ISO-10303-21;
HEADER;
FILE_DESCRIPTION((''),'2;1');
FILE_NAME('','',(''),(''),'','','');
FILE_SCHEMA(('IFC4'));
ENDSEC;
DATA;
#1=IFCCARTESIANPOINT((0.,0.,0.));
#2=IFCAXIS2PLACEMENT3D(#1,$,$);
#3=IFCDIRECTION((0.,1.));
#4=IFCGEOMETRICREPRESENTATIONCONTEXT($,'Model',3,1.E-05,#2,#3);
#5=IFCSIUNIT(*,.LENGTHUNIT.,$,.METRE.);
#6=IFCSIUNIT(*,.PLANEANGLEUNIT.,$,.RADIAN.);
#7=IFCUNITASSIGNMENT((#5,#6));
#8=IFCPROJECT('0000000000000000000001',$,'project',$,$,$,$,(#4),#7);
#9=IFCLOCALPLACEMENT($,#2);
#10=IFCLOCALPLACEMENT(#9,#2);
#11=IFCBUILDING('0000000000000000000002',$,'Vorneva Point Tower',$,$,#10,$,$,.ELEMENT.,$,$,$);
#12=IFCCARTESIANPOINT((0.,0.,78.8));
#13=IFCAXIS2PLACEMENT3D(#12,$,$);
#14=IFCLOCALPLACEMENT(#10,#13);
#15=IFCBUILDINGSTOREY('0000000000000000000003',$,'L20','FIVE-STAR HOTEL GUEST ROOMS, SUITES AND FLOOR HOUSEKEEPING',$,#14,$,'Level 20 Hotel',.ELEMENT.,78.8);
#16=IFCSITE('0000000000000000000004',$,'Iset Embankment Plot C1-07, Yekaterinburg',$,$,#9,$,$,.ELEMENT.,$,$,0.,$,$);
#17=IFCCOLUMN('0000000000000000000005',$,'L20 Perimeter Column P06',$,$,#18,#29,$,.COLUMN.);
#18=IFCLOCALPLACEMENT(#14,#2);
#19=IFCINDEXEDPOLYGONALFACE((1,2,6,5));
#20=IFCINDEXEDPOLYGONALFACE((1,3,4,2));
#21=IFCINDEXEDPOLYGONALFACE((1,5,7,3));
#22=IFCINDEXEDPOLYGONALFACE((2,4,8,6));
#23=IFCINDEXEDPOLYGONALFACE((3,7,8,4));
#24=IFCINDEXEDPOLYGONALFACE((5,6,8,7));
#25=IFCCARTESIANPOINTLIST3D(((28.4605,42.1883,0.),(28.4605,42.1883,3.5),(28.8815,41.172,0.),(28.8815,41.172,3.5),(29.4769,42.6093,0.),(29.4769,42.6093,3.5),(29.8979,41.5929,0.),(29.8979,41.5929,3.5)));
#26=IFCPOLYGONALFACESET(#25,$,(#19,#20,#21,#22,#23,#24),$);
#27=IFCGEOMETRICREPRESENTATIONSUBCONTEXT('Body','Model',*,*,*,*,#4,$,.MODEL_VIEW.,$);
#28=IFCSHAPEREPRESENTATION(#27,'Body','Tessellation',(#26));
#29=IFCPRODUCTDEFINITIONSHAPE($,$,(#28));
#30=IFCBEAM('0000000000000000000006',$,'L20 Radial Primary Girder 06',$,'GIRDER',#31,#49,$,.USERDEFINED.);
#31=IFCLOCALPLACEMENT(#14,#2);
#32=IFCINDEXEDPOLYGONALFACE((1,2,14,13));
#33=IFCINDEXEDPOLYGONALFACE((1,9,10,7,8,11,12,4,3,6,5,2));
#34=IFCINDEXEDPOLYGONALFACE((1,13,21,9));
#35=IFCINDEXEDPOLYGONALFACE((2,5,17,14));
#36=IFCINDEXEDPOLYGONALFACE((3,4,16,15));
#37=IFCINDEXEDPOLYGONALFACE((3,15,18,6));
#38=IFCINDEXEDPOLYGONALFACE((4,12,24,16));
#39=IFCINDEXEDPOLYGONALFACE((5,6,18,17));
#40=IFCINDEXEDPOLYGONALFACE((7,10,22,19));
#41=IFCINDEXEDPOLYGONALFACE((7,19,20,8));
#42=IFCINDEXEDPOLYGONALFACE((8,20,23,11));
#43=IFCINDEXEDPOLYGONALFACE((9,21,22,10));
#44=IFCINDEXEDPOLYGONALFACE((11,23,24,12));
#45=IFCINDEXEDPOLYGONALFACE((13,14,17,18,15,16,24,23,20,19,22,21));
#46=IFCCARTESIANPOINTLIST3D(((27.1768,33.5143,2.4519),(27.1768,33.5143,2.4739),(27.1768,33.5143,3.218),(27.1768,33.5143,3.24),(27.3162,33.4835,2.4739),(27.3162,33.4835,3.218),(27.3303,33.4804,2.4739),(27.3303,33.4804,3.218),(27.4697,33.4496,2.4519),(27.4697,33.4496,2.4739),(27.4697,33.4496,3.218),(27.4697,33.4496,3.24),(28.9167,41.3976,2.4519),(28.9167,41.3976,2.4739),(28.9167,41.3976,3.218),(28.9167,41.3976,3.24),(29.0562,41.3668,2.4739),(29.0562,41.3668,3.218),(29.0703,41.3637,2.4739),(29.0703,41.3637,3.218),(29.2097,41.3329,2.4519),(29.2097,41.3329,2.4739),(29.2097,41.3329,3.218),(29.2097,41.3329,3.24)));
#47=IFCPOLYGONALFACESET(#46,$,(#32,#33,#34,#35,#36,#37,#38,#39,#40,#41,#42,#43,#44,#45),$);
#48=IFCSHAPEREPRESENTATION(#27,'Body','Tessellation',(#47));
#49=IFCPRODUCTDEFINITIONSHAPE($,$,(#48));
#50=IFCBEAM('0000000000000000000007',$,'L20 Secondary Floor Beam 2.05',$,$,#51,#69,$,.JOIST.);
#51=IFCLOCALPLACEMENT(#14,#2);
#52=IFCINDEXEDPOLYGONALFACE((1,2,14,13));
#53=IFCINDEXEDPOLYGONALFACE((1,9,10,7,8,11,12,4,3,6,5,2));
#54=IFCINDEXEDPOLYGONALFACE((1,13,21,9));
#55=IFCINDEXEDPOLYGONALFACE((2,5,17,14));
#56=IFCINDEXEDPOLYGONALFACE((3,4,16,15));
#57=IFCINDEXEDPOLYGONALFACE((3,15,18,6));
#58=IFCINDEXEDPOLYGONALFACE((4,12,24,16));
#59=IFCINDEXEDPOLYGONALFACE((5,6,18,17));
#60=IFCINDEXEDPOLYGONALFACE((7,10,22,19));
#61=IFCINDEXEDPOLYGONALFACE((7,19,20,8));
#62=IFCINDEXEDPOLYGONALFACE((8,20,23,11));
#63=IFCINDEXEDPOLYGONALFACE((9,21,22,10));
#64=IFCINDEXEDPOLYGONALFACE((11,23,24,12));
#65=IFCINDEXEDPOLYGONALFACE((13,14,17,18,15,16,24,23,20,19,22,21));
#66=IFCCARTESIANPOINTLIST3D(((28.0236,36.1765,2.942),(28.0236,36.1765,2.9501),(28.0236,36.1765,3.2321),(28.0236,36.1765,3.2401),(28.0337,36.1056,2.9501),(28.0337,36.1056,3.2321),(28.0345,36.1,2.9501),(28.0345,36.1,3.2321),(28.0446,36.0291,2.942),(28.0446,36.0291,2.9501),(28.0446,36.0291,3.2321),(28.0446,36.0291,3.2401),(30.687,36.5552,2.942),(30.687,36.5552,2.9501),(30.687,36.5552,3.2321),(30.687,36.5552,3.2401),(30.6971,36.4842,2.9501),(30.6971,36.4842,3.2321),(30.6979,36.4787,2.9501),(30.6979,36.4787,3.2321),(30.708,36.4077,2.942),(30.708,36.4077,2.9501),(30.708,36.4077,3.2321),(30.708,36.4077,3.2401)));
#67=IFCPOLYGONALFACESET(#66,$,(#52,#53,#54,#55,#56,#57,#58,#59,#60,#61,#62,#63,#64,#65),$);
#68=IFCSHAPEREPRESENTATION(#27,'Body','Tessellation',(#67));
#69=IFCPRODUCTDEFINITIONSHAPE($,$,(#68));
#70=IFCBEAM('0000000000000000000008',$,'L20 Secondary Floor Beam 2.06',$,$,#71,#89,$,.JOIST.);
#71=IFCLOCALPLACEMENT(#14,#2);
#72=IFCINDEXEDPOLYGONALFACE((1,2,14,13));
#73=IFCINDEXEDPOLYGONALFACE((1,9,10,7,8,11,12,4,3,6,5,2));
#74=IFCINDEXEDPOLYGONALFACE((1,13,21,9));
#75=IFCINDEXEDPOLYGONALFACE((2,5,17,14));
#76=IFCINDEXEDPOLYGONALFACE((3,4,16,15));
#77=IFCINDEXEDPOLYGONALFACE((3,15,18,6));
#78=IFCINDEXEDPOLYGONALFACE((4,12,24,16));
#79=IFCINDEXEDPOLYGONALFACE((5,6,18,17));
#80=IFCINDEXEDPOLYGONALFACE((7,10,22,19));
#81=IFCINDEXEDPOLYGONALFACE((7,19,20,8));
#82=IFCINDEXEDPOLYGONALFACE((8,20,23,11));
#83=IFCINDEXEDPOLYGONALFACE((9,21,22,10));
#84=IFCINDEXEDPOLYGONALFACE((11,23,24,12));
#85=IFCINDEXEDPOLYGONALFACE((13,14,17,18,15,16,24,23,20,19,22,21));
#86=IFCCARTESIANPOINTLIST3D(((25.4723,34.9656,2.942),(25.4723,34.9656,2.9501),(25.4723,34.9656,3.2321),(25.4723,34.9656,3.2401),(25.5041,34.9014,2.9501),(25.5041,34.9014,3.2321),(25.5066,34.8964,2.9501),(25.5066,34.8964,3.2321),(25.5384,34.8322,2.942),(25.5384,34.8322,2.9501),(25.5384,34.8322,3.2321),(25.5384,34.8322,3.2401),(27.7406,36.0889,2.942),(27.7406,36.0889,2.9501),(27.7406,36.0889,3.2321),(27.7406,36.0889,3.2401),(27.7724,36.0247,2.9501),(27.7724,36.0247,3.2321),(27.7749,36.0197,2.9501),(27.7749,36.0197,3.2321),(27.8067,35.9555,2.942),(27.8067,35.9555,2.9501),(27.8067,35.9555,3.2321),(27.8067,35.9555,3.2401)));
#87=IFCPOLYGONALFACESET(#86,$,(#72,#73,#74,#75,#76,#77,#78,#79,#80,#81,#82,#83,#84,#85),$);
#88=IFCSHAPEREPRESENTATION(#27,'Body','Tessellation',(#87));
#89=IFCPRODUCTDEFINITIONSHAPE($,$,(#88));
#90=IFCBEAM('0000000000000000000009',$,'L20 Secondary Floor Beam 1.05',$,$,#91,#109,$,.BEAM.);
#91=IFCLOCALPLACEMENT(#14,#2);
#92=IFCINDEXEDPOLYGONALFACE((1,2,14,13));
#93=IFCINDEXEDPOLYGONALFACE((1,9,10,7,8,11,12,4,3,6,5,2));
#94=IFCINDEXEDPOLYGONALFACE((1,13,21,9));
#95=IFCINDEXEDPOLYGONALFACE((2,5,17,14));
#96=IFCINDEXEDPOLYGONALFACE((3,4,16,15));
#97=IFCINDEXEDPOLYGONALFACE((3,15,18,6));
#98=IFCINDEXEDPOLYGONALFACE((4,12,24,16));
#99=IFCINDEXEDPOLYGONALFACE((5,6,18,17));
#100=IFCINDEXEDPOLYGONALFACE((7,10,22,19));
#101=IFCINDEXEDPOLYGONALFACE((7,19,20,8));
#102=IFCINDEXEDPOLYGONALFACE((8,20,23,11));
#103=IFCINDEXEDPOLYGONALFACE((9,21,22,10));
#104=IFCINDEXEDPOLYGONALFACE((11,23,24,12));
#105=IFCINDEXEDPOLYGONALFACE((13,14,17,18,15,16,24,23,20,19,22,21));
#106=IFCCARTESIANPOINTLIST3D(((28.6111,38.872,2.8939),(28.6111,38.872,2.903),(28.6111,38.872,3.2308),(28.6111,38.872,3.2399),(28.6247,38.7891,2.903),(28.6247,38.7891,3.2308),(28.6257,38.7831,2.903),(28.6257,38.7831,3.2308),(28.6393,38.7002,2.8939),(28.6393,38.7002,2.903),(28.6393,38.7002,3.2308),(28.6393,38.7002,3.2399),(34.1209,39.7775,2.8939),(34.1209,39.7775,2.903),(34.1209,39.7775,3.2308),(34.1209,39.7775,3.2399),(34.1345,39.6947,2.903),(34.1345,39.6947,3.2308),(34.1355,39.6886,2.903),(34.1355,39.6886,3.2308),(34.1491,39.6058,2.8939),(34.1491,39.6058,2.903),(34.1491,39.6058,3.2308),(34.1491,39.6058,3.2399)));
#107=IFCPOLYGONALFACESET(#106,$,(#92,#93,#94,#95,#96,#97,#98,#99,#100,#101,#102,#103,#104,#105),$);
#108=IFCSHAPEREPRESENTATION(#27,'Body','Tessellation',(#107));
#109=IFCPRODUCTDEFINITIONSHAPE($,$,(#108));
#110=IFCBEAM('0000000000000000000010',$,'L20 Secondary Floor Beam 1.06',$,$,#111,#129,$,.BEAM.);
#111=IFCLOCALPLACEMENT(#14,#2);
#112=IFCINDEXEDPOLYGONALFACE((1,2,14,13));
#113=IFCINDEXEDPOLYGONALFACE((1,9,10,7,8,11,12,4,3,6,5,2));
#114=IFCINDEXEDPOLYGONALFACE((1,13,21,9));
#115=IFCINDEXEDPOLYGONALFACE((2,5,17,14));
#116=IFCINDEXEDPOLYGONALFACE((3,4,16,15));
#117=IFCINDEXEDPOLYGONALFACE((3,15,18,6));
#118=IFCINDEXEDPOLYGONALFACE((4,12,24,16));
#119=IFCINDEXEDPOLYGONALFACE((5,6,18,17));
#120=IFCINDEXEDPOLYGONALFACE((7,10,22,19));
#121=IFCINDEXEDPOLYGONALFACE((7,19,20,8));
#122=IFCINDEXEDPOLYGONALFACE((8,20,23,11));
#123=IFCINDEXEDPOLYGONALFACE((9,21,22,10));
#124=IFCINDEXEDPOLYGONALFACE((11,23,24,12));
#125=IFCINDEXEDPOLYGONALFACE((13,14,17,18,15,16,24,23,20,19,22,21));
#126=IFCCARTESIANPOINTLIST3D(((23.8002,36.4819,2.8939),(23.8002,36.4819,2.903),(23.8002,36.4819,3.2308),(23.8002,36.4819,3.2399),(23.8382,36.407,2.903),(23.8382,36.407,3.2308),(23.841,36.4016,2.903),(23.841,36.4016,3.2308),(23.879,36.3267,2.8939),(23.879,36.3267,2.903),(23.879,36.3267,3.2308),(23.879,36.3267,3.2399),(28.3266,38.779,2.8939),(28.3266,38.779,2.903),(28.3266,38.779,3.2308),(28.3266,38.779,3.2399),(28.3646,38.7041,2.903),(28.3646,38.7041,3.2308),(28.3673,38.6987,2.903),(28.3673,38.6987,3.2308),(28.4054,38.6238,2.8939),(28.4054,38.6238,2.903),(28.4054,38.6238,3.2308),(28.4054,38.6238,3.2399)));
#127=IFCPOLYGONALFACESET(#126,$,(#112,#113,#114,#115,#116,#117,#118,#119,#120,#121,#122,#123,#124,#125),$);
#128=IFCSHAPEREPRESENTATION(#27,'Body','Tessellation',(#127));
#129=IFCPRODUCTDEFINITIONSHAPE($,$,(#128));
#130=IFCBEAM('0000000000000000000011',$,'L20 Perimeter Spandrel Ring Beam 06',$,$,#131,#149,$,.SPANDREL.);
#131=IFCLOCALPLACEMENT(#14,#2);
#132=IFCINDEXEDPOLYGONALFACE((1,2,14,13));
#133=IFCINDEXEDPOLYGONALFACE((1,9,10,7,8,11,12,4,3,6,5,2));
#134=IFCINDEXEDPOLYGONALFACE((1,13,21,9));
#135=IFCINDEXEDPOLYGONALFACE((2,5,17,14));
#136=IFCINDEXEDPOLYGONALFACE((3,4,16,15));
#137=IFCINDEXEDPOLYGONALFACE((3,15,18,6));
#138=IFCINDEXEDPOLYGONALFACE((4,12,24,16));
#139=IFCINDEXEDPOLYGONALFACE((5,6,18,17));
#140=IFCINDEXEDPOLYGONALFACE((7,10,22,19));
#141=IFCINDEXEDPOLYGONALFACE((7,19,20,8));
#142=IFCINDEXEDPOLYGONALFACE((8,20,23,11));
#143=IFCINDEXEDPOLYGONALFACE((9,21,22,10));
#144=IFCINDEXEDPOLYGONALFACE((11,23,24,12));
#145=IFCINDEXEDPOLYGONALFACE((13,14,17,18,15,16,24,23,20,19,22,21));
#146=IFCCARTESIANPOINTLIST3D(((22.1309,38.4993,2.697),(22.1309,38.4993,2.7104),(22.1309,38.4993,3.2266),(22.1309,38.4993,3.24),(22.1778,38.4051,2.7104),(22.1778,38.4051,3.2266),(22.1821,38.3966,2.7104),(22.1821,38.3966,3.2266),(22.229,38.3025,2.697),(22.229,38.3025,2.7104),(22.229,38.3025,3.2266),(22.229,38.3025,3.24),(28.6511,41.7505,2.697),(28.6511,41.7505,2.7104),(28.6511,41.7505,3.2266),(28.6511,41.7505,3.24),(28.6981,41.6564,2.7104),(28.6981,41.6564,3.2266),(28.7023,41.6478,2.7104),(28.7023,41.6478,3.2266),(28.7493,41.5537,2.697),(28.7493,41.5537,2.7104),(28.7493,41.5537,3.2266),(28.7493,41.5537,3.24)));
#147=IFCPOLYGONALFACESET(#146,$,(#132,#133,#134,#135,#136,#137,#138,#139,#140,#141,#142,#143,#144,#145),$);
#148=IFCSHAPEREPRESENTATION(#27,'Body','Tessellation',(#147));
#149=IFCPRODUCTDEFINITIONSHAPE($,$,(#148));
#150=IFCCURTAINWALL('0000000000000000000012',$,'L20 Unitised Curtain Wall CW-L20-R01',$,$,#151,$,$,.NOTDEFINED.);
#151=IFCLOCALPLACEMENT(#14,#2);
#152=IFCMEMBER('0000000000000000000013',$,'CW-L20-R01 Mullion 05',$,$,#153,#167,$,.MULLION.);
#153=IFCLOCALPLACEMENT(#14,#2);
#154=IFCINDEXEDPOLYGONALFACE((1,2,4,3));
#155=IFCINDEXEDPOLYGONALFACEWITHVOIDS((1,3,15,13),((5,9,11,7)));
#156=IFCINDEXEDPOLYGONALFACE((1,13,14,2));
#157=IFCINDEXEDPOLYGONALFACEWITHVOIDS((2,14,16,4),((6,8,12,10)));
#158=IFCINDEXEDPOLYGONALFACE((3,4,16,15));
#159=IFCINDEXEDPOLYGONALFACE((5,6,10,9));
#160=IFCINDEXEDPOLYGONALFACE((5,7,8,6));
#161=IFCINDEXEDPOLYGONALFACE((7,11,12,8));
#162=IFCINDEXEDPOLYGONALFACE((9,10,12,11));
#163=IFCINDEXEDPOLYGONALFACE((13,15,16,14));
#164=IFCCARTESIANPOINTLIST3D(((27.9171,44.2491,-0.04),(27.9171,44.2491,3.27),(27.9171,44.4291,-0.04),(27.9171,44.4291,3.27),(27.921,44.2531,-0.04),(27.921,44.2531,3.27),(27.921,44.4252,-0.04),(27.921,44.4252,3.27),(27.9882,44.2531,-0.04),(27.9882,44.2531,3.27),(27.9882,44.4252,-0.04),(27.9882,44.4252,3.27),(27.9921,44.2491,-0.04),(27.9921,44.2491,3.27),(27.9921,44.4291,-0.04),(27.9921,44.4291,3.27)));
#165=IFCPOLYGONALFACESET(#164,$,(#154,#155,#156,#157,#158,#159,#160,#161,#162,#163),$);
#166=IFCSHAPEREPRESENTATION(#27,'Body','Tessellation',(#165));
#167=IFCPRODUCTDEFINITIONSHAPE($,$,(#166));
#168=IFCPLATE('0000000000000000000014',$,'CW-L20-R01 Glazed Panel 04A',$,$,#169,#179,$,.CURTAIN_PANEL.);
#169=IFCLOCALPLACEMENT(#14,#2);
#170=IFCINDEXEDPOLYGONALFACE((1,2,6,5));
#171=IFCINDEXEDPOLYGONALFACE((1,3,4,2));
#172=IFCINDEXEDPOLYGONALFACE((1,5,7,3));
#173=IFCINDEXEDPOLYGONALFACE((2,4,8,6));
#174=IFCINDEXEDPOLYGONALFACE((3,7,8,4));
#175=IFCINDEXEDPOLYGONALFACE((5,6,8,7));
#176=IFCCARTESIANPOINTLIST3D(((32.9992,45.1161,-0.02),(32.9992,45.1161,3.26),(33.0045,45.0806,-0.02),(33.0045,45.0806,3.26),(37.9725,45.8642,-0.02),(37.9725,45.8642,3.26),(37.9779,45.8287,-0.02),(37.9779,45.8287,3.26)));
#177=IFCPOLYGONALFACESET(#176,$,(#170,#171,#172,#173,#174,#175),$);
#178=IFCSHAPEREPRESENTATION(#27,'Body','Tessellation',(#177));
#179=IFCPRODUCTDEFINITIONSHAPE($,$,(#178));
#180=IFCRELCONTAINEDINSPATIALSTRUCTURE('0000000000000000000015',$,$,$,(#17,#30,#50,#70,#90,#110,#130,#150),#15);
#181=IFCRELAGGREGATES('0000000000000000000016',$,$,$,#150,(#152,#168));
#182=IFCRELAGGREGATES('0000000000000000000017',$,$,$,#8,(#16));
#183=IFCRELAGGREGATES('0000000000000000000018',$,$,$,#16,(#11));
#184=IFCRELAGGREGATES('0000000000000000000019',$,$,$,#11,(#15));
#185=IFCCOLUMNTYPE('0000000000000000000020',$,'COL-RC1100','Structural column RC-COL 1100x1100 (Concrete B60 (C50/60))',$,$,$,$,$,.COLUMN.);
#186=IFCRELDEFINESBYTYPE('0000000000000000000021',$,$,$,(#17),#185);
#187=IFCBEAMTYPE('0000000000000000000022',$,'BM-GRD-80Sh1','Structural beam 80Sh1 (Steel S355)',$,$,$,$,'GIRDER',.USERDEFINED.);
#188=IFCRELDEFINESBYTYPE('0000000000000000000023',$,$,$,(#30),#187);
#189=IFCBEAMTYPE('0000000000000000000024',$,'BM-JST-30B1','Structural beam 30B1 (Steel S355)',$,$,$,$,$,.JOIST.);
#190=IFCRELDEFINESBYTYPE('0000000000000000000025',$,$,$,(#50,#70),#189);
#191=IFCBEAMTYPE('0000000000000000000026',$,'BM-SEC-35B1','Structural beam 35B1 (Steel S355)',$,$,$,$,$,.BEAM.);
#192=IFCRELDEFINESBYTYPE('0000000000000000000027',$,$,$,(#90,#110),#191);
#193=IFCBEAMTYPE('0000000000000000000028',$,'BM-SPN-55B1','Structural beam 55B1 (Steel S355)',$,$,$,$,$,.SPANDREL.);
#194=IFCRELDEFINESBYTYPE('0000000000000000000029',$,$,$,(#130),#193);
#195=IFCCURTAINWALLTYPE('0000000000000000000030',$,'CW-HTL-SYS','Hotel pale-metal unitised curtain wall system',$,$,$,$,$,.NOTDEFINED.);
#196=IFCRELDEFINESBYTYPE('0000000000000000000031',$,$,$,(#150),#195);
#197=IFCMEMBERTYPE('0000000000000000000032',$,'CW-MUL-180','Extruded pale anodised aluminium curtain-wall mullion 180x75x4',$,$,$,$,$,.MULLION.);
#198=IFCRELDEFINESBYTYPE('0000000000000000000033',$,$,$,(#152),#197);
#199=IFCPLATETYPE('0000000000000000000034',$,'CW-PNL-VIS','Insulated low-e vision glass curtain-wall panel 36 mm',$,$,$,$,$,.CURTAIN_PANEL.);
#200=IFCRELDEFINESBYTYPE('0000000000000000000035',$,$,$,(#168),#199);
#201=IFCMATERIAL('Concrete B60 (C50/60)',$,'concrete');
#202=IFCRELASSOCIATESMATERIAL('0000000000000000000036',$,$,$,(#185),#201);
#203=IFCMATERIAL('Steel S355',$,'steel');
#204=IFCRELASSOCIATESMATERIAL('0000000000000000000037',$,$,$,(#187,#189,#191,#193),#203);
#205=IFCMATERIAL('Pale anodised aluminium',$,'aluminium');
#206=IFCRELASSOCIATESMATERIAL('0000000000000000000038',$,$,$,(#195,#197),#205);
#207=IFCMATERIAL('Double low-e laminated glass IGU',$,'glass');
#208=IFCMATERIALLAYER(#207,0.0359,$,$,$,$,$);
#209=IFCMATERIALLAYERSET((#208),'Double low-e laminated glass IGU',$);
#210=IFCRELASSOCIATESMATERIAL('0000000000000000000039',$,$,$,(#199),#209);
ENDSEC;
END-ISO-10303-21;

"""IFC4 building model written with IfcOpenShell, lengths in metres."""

from ifc_helpers import new_model, si_unit, direction, frame, origin, origin_2d, place, context, subcontext, project, spatial, rectangle, hollow_rectangle, i_section, extrude, material, layer, layer_set, material_profile, profile_set, type_object, element, aggregate, save


model = new_model("IFC4")

# Units and contexts
model_context = context("Model", 3, precision=1e-05, world=origin(), true_north=direction((0.0, 1.0)))
body_context = subcontext(model_context, "Body", "Model", "MODEL_VIEW")
ifc_project = project(units=[si_unit("LENGTHUNIT", "METRE"), si_unit("PLANEANGLEUNIT", "RADIAN")], contexts=[model_context])

# Site, building, storey
site_placement = place(None, origin())
site = spatial("IfcSite", under=ifc_project, at=site_placement, Name="Iset Embankment Plot C1-07, Yekaterinburg", CompositionType="ELEMENT", RefElevation=0.0)
building_placement = place(site_placement, origin())
building = spatial("IfcBuilding", under=site, at=building_placement, Name="Vorneva Point Tower", CompositionType="ELEMENT")
storey_placement = place(building_placement, frame((0.0, 0.0, 78.8)))
storey = spatial("IfcBuildingStorey", under=building, at=storey_placement, Name="L20", Description="FIVE-STAR HOTEL GUEST ROOMS, SUITES AND FLOOR HOUSEKEEPING", LongName="Level 20 Hotel", CompositionType="ELEMENT", Elevation=78.8)

# Column
ifc_material_1 = material(Name="Concrete B60 (C50/60)", Category="concrete")
ifc_material_profile_1 = material_profile(ifc_material_1, rectangle(XDim=1.1001, YDim=1.1001, at=origin_2d()), Name="RC-COL 1100x1100")
ifc_profile_set_1 = profile_set([ifc_material_profile_1], Name="Concrete B60 (C50/60)")
column_type = type_object("IfcColumnType", Name="COL-RC1100", Description="Structural column RC-COL 1100x1100 (Concrete B60 (C50/60))", PredefinedType="COLUMN", material=ifc_profile_set_1)
column_placement = place(storey_placement, frame((29.1792, 41.8906, 0.0), z_axis=(0.0, 0.0, 1.0), x_axis=(-0.382683, 0.92388, 0.0)))
element("IfcColumn", 1, at=column_placement, inside=storey, type_object=column_type, Name="L20 Perimeter Column P06", PredefinedType="COLUMN", context=body_context, shape_type="SweptSolid", body=[
    extrude(rectangle(XDim=1.1001, YDim=1.1001, at=origin_2d()), origin(), (0.0, 0.0, 1.0), 3.5),
])

# Beams
ifc_material_2 = material(Name="Steel S355", Category="steel")
ifc_material_profile_2 = material_profile(ifc_material_2, i_section(OverallWidth=0.3, OverallDepth=0.7881, WebThickness=0.0144, FlangeThickness=0.022, at=origin_2d()), Name="80Sh1")
ifc_profile_set_2 = profile_set([ifc_material_profile_2], Name="Steel S355")
beam_type_1 = type_object("IfcBeamType", Name="BM-GRD-80Sh1", Description="Structural beam 80Sh1 (Steel S355)", ElementType="GIRDER", PredefinedType="USERDEFINED", material=ifc_profile_set_2)
beam_1_placement = place(storey_placement, frame((29.0632, 41.3652, 2.8459), z_axis=(-0.215531, -0.976497, 0.0), x_axis=(0.976497, -0.215531, 0.0)))
element("IfcBeam", 2, at=beam_1_placement, inside=storey, type_object=beam_type_1, Name="L20 Radial Primary Girder 06", ObjectType="GIRDER", PredefinedType="USERDEFINED", context=body_context, shape_type="SweptSolid", body=[
    extrude(i_section(OverallWidth=0.3, OverallDepth=0.7881, WebThickness=0.0144, FlangeThickness=0.022, at=origin_2d()), origin(), (0.0, 0.0, 1.0), 8.073),
])
ifc_material_profile_3 = material_profile(ifc_material_2, i_section(OverallWidth=0.1489, OverallDepth=0.2981, WebThickness=0.0056, FlangeThickness=0.0081, at=origin_2d()), Name="30B1")
ifc_profile_set_3 = profile_set([ifc_material_profile_3], Name="Steel S355")
beam_type_2 = type_object("IfcBeamType", Name="BM-JST-30B1", Description="Structural beam 30B1 (Steel S355)", PredefinedType="JOIST", material=ifc_profile_set_3)
beam_2_placement = place(storey_placement, frame((30.6975, 36.4814, 3.0911), z_axis=(-0.990044, -0.140761, 0.0), x_axis=(0.140761, -0.990044, 0.0)))
element("IfcBeam", 3, at=beam_2_placement, inside=storey, type_object=beam_type_2, Name="L20 Secondary Floor Beam 2.05", PredefinedType="JOIST", context=body_context, shape_type="SweptSolid", body=[
    extrude(i_section(OverallWidth=0.1489, OverallDepth=0.2981, WebThickness=0.0056, FlangeThickness=0.0081, at=origin_2d()), origin(), (0.0, 0.0, 1.0), 2.6902),
])
beam_3_placement = place(storey_placement, frame((27.7737, 36.0222, 3.0911), z_axis=(-0.896137, -0.443777, 0.0), x_axis=(0.443777, -0.896137, 0.0)))
element("IfcBeam", 4, at=beam_3_placement, inside=storey, type_object=beam_type_2, Name="L20 Secondary Floor Beam 2.06", PredefinedType="JOIST", context=body_context, shape_type="SweptSolid", body=[
    extrude(i_section(OverallWidth=0.1489, OverallDepth=0.2981, WebThickness=0.0056, FlangeThickness=0.0081, at=origin_2d()), origin(), (0.0, 0.0, 1.0), 2.5312),
])
ifc_material_profile_4 = material_profile(ifc_material_2, i_section(OverallWidth=0.1741, OverallDepth=0.3459, WebThickness=0.0061, FlangeThickness=0.009, at=origin_2d()), Name="35B1")
ifc_profile_set_4 = profile_set([ifc_material_profile_4], Name="Steel S355")
beam_type_3 = type_object("IfcBeamType", Name="BM-SEC-35B1", Description="Structural beam 35B1 (Steel S355)", PredefinedType="BEAM", material=ifc_profile_set_4)
beam_4_placement = place(storey_placement, frame((34.135, 39.6917, 3.0669), z_axis=(-0.986762, -0.162172, 0.0), x_axis=(0.162172, -0.986762, 0.0)))
element("IfcBeam", 5, at=beam_4_placement, inside=storey, type_object=beam_type_3, Name="L20 Secondary Floor Beam 1.05", PredefinedType="BEAM", context=body_context, shape_type="SweptSolid", body=[
    extrude(i_section(OverallWidth=0.1741, OverallDepth=0.3459, WebThickness=0.0061, FlangeThickness=0.009, at=origin_2d()), origin(), (0.0, 0.0, 1.0), 5.5837),
])
beam_5_placement = place(storey_placement, frame((28.366, 38.7014, 3.0669), z_axis=(-0.891737, -0.452554, 0.0), x_axis=(0.452554, -0.891737, 0.0)))
element("IfcBeam", 6, at=beam_5_placement, inside=storey, type_object=beam_type_3, Name="L20 Secondary Floor Beam 1.06", PredefinedType="BEAM", context=body_context, shape_type="SweptSolid", body=[
    extrude(i_section(OverallWidth=0.1741, OverallDepth=0.3459, WebThickness=0.0061, FlangeThickness=0.009, at=origin_2d()), origin(), (0.0, 0.0, 1.0), 5.0759),
])
ifc_material_profile_5 = material_profile(ifc_material_2, i_section(OverallWidth=0.22, OverallDepth=0.543, WebThickness=0.0095, FlangeThickness=0.0134, at=origin_2d()), Name="55B1")
ifc_profile_set_5 = profile_set([ifc_material_profile_5], Name="Steel S355")
beam_type_4 = type_object("IfcBeamType", Name="BM-SPN-55B1", Description="Structural beam 55B1 (Steel S355)", PredefinedType="SPANDREL", material=ifc_profile_set_5)
beam_6_placement = place(storey_placement, frame((28.7002, 41.6521, 2.9685), z_axis=(-0.894916, -0.446235, 0.0), x_axis=(0.446235, -0.894916, 0.0)))
element("IfcBeam", 7, at=beam_6_placement, inside=storey, type_object=beam_type_4, Name="L20 Perimeter Spandrel Ring Beam 06", PredefinedType="SPANDREL", context=body_context, shape_type="SweptSolid", body=[
    extrude(i_section(OverallWidth=0.22, OverallDepth=0.543, WebThickness=0.0095, FlangeThickness=0.0134, at=origin_2d()), origin(), (0.0, 0.0, 1.0), 7.2859),
])

# Curtain wall, member, plate
ifc_material_3 = material(Name="Pale anodised aluminium", Category="aluminium")
curtain_wall_type = type_object("IfcCurtainWallType", Name="CW-HTL-SYS", Description="Hotel pale-metal unitised curtain wall system", PredefinedType="NOTDEFINED", material=ifc_material_3)
curtain_wall_placement = place(storey_placement, origin())
curtain_wall = element("IfcCurtainWall", 8, at=curtain_wall_placement, inside=storey, type_object=curtain_wall_type, Name="L20 Unitised Curtain Wall CW-L20-R01", PredefinedType="NOTDEFINED")
ifc_material_profile_6 = material_profile(ifc_material_3, hollow_rectangle(XDim=0.075, YDim=0.1799, WallThickness=0.0039, at=origin_2d()), Name="AL-MUL 180x75x4")
ifc_profile_set_6 = profile_set([ifc_material_profile_6], Name="Pale anodised aluminium")
member_type = type_object("IfcMemberType", Name="CW-MUL-180", Description="Extruded pale anodised aluminium curtain-wall mullion 180x75x4", PredefinedType="MULLION", material=ifc_profile_set_6)
member_placement = place(storey_placement, frame((27.9546, 44.3391, -0.04), z_axis=(0.0, 0.0, 1.0), x_axis=(1.0, 0.0, 0.0)))
member = element("IfcMember", 9, at=member_placement, type_object=member_type, Name="CW-L20-R01 Mullion 05", PredefinedType="MULLION", context=body_context, shape_type="SweptSolid", body=[
    extrude(hollow_rectangle(XDim=0.075, YDim=0.1799, WallThickness=0.0039, at=origin_2d()), origin(), (0.0, 0.0, 1.0), 3.3101),
])
ifc_material_4 = material(Name="Double low-e laminated glass IGU", Category="glass")
ifc_layer_1 = layer(ifc_material_4, 0.0359)
ifc_layer_set_1 = layer_set([ifc_layer_1], Name="Double low-e laminated glass IGU")
plate_type = type_object("IfcPlateType", Name="CW-PNL-VIS", Description="Insulated low-e vision glass curtain-wall panel 36 mm", PredefinedType="CURTAIN_PANEL", material=ifc_layer_set_1)
plate_1_placement = place(storey_placement, frame((35.4885, 45.4724, -0.02), z_axis=(0.0, 0.0, 1.0), x_axis=(-0.988876, -0.148741, 0.0)))
plate_1 = element("IfcPlate", 10, at=plate_1_placement, type_object=plate_type, Name="CW-L20-R01 Glazed Panel 04A", PredefinedType="CURTAIN_PANEL", context=body_context, shape_type="SweptSolid", body=[
    extrude(rectangle(XDim=5.0293, YDim=0.0359, at=origin_2d()), origin(), (0.0, 0.0, 1.0), 3.28),
])
aggregate(curtain_wall, [member, plate_1])

save(model, "model.ifc")
